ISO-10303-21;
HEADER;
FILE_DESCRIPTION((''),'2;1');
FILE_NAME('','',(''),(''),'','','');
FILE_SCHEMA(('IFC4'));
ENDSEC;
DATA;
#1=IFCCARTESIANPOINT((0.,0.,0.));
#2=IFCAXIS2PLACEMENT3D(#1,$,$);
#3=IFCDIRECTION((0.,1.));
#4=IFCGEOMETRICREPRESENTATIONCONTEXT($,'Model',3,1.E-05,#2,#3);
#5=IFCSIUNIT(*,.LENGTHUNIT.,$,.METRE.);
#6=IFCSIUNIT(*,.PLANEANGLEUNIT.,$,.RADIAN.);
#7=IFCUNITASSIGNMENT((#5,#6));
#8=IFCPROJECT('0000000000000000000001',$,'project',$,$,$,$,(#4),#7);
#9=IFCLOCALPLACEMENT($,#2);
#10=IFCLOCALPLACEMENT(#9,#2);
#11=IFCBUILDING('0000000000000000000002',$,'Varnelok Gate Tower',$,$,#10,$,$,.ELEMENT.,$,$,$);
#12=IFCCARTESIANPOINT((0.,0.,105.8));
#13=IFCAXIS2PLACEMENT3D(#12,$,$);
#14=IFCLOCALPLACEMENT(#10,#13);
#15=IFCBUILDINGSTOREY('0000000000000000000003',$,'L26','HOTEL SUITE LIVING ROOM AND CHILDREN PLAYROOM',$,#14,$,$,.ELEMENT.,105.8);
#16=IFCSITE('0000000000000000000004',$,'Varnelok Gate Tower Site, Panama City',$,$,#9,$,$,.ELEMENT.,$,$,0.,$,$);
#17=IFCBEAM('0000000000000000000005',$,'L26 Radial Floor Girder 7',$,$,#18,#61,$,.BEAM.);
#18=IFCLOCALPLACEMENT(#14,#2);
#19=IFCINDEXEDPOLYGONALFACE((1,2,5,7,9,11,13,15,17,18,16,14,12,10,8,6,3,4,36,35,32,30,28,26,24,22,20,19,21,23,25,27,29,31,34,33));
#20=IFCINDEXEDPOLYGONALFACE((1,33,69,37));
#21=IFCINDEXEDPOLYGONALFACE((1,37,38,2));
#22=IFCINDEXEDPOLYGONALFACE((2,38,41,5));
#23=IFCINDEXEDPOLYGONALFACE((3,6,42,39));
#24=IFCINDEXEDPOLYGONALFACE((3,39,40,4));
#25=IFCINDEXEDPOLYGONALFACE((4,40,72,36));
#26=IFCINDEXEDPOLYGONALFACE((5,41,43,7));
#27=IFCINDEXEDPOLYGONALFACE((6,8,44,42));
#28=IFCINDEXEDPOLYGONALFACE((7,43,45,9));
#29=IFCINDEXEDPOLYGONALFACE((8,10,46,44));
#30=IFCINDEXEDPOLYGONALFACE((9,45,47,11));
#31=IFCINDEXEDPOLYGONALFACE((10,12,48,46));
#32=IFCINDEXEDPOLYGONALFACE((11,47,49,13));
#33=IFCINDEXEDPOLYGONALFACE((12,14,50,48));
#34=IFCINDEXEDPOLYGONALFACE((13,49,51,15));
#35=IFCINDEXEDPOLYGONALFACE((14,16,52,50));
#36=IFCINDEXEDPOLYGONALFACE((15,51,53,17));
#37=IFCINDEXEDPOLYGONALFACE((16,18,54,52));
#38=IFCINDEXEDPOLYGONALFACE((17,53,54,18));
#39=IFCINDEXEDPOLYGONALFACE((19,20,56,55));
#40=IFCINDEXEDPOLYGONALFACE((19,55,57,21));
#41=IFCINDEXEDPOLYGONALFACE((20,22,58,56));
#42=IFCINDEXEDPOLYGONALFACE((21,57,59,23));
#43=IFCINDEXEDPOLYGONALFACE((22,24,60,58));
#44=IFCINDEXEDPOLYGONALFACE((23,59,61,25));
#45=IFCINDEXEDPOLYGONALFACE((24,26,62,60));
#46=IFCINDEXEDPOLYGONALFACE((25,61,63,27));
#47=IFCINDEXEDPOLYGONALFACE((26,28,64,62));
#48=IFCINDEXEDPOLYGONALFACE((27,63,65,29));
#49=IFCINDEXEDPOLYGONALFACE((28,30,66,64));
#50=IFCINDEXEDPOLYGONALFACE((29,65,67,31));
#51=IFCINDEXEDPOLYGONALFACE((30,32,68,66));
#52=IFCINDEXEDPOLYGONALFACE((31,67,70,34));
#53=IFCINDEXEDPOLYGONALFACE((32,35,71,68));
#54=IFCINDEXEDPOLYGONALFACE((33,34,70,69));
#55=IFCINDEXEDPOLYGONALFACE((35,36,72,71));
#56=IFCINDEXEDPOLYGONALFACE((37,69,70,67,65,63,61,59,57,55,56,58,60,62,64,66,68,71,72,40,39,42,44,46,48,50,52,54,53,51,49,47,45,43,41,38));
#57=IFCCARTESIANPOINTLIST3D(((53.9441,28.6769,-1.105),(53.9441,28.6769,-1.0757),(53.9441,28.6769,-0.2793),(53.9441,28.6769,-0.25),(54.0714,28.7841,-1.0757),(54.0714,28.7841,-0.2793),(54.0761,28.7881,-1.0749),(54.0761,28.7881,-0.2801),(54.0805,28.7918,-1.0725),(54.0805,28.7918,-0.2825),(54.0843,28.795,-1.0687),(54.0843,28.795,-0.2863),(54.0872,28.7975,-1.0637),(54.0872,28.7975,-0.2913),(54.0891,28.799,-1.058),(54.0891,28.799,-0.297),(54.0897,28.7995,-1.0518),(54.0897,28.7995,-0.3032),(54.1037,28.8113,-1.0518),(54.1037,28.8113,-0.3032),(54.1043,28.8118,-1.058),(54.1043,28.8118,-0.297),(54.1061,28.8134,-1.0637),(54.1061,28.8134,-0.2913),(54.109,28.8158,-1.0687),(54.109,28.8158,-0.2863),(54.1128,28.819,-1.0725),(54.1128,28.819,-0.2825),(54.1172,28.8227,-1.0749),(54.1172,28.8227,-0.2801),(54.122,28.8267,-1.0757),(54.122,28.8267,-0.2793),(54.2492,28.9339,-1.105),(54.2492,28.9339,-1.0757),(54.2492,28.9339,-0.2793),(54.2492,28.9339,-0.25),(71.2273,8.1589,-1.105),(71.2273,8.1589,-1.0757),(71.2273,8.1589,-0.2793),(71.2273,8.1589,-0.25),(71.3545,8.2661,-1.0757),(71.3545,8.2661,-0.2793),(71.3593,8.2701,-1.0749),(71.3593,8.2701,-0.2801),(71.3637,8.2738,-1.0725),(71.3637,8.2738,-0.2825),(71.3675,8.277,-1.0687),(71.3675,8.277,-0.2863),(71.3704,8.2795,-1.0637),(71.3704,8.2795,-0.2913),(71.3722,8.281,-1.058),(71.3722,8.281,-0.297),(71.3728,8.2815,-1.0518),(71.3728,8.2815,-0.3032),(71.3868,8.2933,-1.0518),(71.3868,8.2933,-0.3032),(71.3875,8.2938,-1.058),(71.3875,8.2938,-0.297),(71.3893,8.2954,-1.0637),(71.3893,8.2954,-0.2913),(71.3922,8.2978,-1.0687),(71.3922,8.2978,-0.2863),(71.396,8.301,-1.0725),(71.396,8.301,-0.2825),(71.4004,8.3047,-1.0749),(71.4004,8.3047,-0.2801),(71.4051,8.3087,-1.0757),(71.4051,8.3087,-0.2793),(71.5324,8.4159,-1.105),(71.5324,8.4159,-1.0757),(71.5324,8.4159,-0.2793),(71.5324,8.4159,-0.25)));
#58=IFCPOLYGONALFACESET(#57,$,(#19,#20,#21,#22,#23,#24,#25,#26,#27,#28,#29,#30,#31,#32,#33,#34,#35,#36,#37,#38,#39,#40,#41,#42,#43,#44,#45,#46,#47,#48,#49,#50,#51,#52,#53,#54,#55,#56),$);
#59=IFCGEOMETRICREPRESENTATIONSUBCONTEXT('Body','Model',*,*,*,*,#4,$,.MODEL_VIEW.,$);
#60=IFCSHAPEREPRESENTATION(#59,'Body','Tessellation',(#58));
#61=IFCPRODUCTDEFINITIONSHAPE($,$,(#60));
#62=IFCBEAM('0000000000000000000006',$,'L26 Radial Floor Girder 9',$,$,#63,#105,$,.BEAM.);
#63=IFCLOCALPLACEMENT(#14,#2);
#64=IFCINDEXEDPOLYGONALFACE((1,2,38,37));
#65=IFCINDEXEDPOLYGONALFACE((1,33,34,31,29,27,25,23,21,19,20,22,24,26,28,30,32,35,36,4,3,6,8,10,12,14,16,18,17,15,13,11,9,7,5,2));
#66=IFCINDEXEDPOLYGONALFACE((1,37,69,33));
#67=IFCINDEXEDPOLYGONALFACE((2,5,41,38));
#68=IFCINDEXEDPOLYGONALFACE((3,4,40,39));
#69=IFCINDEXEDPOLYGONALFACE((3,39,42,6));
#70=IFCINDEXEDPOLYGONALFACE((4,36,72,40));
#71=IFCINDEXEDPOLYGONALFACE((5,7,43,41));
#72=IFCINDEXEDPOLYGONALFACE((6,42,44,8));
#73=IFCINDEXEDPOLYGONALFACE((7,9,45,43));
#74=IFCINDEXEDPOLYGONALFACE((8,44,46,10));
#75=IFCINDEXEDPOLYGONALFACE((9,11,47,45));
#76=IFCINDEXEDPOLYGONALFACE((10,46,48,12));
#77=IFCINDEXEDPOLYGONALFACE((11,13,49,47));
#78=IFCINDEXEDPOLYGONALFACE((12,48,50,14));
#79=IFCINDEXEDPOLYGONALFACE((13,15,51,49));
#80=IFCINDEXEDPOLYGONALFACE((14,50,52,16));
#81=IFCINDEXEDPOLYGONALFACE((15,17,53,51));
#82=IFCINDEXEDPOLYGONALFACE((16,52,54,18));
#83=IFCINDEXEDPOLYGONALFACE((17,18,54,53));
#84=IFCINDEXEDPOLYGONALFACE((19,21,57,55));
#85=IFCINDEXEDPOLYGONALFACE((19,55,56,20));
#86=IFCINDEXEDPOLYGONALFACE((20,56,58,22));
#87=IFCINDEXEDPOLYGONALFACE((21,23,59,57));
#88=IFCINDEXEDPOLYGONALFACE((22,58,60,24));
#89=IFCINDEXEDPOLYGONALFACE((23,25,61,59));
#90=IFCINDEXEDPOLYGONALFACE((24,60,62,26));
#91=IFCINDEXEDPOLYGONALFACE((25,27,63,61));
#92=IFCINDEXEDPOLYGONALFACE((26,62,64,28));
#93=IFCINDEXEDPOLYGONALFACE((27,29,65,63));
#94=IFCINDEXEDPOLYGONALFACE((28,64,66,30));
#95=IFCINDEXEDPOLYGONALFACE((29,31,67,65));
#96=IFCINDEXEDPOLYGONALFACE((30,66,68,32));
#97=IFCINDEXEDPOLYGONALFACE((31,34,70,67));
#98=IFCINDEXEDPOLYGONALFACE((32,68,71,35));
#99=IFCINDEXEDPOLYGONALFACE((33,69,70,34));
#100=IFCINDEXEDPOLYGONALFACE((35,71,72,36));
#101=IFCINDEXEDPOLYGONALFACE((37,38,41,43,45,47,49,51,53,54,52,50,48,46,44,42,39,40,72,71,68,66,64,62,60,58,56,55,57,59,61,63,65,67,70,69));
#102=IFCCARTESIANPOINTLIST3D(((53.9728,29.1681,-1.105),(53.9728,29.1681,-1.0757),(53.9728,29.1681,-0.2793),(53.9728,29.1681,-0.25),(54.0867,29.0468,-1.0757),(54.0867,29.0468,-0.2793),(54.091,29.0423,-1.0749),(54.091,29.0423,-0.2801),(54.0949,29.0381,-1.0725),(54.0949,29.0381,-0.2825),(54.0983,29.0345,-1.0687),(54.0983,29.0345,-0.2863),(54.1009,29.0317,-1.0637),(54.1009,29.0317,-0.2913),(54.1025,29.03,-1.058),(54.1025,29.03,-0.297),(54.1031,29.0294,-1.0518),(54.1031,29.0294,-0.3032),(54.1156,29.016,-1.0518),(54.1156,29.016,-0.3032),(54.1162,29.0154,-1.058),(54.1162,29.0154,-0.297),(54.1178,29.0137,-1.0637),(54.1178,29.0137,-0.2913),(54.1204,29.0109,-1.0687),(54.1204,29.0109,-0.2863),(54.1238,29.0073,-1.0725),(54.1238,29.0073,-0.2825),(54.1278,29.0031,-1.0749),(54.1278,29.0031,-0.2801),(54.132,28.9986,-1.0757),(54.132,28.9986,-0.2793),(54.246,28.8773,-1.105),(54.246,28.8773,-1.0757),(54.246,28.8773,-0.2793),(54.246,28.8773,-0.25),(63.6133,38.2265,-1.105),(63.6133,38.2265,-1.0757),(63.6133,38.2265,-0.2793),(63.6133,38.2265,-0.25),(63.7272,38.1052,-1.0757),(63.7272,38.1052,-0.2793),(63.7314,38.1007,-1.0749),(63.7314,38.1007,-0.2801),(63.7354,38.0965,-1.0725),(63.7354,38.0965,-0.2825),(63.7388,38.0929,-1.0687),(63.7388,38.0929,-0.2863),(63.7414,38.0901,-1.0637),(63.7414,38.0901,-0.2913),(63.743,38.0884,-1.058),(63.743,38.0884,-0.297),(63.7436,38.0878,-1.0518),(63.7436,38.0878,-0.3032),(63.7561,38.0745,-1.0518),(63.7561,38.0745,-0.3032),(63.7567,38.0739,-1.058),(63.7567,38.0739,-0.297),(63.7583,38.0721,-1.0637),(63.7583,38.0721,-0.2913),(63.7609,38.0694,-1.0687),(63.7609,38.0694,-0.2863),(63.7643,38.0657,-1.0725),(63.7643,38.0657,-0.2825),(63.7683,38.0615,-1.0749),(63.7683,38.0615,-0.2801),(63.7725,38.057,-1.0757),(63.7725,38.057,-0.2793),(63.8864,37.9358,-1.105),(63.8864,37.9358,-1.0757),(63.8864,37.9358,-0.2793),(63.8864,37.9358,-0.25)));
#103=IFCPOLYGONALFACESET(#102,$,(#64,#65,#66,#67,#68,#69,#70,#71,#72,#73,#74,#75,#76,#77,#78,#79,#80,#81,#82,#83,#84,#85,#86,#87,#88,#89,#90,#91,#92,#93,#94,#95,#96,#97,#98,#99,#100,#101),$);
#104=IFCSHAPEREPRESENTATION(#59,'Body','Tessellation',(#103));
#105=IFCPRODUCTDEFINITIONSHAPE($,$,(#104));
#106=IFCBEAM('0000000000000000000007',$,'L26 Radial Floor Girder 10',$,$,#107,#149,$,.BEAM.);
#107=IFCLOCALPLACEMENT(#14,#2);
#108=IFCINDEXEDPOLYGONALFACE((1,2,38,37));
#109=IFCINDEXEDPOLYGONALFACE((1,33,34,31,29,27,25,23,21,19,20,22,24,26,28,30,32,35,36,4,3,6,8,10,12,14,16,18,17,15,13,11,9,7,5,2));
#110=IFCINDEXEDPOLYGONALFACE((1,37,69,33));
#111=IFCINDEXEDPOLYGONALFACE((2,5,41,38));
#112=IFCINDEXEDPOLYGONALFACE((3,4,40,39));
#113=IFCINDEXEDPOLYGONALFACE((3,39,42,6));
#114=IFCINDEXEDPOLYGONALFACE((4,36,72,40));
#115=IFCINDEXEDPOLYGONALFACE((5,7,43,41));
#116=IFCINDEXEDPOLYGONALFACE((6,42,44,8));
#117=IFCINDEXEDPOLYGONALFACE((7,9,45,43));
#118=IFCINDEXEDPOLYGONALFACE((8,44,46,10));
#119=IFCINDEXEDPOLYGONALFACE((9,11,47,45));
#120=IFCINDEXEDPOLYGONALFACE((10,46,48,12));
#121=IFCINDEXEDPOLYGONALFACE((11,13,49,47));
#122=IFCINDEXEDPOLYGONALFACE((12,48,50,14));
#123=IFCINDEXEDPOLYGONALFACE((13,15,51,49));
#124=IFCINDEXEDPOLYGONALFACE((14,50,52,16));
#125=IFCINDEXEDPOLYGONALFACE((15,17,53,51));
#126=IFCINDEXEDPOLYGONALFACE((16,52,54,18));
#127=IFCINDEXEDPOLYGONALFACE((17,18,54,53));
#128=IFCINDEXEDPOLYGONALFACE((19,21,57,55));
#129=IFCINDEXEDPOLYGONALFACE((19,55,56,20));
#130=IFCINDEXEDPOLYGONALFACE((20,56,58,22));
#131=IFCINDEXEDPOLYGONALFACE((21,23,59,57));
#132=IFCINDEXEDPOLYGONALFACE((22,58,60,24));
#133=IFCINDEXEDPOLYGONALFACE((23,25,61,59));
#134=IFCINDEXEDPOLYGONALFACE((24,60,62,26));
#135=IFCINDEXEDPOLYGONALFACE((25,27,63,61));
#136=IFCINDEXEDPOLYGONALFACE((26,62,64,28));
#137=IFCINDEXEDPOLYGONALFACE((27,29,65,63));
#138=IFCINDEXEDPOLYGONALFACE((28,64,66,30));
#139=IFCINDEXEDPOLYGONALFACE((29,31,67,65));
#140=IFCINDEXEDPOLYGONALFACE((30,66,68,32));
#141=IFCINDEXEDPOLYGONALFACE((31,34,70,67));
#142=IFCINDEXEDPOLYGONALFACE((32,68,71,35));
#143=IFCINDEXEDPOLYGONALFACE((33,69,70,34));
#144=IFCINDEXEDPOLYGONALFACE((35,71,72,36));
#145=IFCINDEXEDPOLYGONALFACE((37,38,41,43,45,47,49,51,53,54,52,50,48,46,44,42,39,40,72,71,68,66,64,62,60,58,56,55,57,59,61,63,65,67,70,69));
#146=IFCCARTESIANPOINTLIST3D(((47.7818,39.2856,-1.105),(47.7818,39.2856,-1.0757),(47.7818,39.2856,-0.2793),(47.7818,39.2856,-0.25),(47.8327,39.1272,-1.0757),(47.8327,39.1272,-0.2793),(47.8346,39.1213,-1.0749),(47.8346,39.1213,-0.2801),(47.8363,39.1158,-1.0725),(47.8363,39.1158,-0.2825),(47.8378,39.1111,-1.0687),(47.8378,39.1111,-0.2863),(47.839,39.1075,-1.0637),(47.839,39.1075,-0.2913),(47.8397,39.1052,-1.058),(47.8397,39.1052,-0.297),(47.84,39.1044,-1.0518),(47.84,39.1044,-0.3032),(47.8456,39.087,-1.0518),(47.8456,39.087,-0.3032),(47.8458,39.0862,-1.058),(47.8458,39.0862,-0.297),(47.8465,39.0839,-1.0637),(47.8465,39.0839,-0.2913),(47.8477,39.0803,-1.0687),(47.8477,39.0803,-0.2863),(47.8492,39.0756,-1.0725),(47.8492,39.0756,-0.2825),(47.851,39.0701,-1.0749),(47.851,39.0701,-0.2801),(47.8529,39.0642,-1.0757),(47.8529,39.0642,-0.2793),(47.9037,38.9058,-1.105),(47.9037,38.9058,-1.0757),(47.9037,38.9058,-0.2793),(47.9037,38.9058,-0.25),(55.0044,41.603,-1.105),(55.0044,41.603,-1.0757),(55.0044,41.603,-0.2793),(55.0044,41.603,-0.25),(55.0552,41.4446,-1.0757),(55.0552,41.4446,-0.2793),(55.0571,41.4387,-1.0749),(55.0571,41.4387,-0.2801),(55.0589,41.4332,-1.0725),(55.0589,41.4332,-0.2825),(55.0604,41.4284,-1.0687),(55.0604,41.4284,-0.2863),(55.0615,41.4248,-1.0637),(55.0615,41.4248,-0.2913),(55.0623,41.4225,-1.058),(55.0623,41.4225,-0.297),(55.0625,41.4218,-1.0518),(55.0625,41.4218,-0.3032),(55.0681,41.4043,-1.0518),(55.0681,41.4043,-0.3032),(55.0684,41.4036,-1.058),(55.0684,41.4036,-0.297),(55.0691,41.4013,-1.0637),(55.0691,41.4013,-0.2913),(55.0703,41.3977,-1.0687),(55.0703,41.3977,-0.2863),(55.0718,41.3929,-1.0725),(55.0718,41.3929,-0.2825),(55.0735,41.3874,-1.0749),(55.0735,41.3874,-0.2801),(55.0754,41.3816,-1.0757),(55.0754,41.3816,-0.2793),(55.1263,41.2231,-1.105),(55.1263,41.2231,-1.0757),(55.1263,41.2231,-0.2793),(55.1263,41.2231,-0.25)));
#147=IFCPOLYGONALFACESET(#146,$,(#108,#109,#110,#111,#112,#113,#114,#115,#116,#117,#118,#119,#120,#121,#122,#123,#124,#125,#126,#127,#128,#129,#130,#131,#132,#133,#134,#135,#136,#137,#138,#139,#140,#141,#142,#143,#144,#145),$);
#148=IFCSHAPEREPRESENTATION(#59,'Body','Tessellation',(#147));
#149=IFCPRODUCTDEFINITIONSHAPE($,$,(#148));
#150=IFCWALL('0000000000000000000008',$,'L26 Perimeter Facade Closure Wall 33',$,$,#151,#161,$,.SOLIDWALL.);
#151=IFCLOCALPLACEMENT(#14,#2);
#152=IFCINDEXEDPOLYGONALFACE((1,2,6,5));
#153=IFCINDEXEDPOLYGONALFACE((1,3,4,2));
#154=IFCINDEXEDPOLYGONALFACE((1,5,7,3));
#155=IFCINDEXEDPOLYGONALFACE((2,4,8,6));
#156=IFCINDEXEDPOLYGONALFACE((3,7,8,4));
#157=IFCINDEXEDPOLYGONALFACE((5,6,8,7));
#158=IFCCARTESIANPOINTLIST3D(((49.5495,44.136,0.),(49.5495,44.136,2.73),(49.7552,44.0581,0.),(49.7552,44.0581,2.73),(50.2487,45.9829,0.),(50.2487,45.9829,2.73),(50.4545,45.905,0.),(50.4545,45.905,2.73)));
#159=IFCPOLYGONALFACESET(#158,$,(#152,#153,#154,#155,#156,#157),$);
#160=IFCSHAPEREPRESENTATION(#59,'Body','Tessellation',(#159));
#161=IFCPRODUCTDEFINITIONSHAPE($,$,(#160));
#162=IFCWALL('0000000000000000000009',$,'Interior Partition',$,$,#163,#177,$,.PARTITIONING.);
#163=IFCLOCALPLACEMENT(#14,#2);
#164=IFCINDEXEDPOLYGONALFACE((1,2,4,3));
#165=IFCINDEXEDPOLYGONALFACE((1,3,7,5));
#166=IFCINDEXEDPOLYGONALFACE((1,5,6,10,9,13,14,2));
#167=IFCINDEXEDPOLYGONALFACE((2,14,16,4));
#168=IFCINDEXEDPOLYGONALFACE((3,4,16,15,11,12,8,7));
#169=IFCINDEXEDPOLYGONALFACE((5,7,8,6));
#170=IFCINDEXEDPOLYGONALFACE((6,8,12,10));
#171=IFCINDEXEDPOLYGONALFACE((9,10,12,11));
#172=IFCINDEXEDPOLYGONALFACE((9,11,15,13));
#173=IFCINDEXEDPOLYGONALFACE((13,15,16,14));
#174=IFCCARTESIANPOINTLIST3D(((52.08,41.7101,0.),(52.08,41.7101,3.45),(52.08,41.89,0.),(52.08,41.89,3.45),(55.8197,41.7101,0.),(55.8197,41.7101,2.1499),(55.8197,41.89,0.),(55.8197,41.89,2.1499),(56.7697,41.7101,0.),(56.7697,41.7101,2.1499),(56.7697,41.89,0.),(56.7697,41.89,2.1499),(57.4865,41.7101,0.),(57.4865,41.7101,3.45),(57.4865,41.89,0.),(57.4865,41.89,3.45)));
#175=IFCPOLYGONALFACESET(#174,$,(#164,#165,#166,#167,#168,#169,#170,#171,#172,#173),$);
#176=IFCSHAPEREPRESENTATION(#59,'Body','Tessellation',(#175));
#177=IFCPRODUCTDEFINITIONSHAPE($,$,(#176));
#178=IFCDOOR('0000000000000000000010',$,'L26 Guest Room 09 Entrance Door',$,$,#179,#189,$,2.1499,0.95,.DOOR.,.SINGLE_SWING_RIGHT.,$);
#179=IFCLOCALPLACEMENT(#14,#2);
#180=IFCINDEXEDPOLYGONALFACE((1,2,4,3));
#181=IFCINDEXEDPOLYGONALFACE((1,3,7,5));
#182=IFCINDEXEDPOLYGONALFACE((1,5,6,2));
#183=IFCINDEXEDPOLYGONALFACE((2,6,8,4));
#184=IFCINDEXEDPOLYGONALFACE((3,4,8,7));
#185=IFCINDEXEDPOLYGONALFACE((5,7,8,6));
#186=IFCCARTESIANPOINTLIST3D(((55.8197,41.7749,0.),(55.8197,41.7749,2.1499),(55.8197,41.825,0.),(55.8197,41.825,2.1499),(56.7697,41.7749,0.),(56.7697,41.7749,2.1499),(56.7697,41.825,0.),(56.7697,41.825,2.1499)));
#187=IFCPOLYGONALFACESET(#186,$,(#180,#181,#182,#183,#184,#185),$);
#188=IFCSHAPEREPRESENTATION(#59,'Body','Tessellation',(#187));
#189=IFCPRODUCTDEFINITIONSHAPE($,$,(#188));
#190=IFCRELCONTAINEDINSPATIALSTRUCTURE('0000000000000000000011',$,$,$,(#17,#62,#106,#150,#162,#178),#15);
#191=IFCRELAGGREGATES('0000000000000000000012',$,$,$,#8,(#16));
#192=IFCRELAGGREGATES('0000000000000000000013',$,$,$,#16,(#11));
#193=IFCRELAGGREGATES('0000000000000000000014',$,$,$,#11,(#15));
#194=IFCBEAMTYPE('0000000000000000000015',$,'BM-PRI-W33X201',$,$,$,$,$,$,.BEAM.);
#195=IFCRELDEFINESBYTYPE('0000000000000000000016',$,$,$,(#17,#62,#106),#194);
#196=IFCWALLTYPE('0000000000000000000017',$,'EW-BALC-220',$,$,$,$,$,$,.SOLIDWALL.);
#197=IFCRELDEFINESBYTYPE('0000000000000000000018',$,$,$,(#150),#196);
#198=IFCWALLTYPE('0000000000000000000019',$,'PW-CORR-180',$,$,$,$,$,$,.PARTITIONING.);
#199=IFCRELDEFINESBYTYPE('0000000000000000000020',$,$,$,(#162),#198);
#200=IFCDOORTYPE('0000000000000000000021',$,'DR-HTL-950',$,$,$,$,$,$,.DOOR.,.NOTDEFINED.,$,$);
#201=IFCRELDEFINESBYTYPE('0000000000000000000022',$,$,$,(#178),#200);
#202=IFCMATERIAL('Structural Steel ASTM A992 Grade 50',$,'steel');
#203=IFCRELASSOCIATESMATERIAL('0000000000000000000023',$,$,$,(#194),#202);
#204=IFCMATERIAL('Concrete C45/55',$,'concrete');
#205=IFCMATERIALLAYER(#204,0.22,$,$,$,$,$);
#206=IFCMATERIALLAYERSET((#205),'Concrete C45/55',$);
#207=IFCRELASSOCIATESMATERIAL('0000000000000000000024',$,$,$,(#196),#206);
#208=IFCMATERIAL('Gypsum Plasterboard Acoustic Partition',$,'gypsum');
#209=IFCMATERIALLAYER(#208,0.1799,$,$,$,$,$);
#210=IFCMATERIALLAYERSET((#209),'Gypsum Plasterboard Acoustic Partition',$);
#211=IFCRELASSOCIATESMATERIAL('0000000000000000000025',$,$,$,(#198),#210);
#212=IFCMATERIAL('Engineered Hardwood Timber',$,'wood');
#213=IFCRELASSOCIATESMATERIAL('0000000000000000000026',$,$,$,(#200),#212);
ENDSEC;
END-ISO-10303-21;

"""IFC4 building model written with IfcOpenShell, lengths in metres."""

from ifc_helpers import new_model, si_unit, direction, frame, frame_2d, origin, origin_2d, place, context, subcontext, project, spatial, rectangle, i_section, extrude, material, layer, layer_set, material_profile, profile_set, type_object, element, fill, save


model = new_model("IFC4")

# Units and contexts
model_context = context("Model", 3, precision=1e-05, world=origin(), true_north=direction((0.0, 1.0)))
body_context = subcontext(model_context, "Body", "Model", "MODEL_VIEW")
ifc_project = project(units=[si_unit("LENGTHUNIT", "METRE"), si_unit("PLANEANGLEUNIT", "RADIAN")], contexts=[model_context])

# Site, building, storey
site_placement = place(None, origin())
site = spatial("IfcSite", under=ifc_project, at=site_placement, Name="Varnelok Gate Tower Site, Panama City", CompositionType="ELEMENT", RefElevation=0.0)
building_placement = place(site_placement, origin())
building = spatial("IfcBuilding", under=site, at=building_placement, Name="Varnelok Gate Tower", CompositionType="ELEMENT")
storey_placement = place(building_placement, frame((0.0, 0.0, 105.8)))
storey = spatial("IfcBuildingStorey", under=building, at=storey_placement, Name="L26", Description="HOTEL SUITE LIVING ROOM AND CHILDREN PLAYROOM", CompositionType="ELEMENT", Elevation=105.8)

# Shared definitions
ifc_material_1 = material(Name="Structural Steel ASTM A992 Grade 50", Category="steel")

# Beams
ifc_material_profile_1 = material_profile(ifc_material_1, i_section(OverallWidth=0.3989, OverallDepth=0.855, WebThickness=0.0183, FlangeThickness=0.0293, FilletRadius=0.0239, at=origin_2d()), Name="W33X201")
ifc_profile_set_1 = profile_set([ifc_material_profile_1], Name="Structural Steel ASTM A992 Grade 50")
beam_type_1 = type_object("IfcBeamType", Name="BM-PRI-W33X201", PredefinedType="BEAM", material=ifc_profile_set_1)
beam_1_placement = place(storey_placement, frame((54.0967, 28.8054, -0.6775), z_axis=(0.644241, -0.764822, 0.0), x_axis=(0.764822, 0.644241, 0.0)))
element("IfcBeam", 1, at=beam_1_placement, inside=storey, type_object=beam_type_1, Name="L26 Radial Floor Girder 7", PredefinedType="BEAM", context=body_context, shape_type="SweptSolid", body=[
    extrude(i_section(OverallWidth=0.3989, OverallDepth=0.855, WebThickness=0.0183, FlangeThickness=0.0293, FilletRadius=0.0239, at=origin_2d()), origin(), (0.0, 0.0, 1.0), 26.8271),
])
beam_2_placement = place(storey_placement, frame((54.1094, 29.0227, -0.6775), z_axis=(0.728764, 0.684765, 0.0), x_axis=(-0.684765, 0.728764, 0.0)))
element("IfcBeam", 2, at=beam_2_placement, inside=storey, type_object=beam_type_1, Name="L26 Radial Floor Girder 9", PredefinedType="BEAM", context=body_context, shape_type="SweptSolid", body=[
    extrude(i_section(OverallWidth=0.3989, OverallDepth=0.855, WebThickness=0.0183, FlangeThickness=0.0293, FilletRadius=0.0239, at=origin_2d()), origin(), (0.0, 0.0, 1.0), 13.2285),
])
beam_3_placement = place(storey_placement, frame((47.8428, 39.0957, -0.6775), z_axis=(0.952189, 0.305509, 0.0), x_axis=(-0.305509, 0.952189, 0.0)))
element("IfcBeam", 3, at=beam_3_placement, inside=storey, type_object=beam_type_1, Name="L26 Radial Floor Girder 10", PredefinedType="BEAM", context=body_context, shape_type="SweptSolid", body=[
    extrude(i_section(OverallWidth=0.3989, OverallDepth=0.855, WebThickness=0.0183, FlangeThickness=0.0293, FilletRadius=0.0239, at=origin_2d()), origin(), (0.0, 0.0, 1.0), 7.5852),
])

# Wall
ifc_material_2 = material(Name="Concrete C45/55", Category="concrete")
ifc_layer_1 = layer(ifc_material_2, 0.22)
ifc_layer_set_1 = layer_set([ifc_layer_1], Name="Concrete C45/55")
wall_type_1 = type_object("IfcWallType", Name="EW-BALC-220", PredefinedType="SOLIDWALL", material=ifc_layer_set_1)
wall_1_placement = place(storey_placement, frame((50.3516, 45.9438, 0.0), z_axis=(0.0, 0.0, 1.0), x_axis=(-0.354062, -0.935222, 0.0)))
element("IfcWall", 4, at=wall_1_placement, inside=storey, type_object=wall_type_1, Name="L26 Perimeter Facade Closure Wall 33", PredefinedType="SOLIDWALL", context=body_context, shape_type="SweptSolid", body=[
    extrude(rectangle(XDim=1.9749, YDim=0.22, at=frame_2d((0.9873, 0.0))), origin(), (0.0, 0.0, 1.0), 2.73),
])

# Wall, opening, door
ifc_material_3 = material(Name="Gypsum Plasterboard Acoustic Partition", Category="gypsum")
ifc_layer_2 = layer(ifc_material_3, 0.1799)
ifc_layer_set_2 = layer_set([ifc_layer_2], Name="Gypsum Plasterboard Acoustic Partition")
wall_type_2 = type_object("IfcWallType", Name="PW-CORR-180", PredefinedType="PARTITIONING", material=ifc_layer_set_2)
wall_2_placement = place(storey_placement, frame((52.0801, 41.8, 0.0), z_axis=(0.0, 0.0, 1.0), x_axis=(1.0, 0.0, 0.0)))
wall_2 = element("IfcWall", 5, at=wall_2_placement, inside=storey, type_object=wall_type_2, Name="Interior Partition", PredefinedType="PARTITIONING", context=body_context, shape_type="SweptSolid", body=[
    extrude(rectangle(XDim=5.4065, YDim=0.1799, at=frame_2d((2.7031, 0.0))), origin(), (0.0, 0.0, 1.0), 3.45),
])
opening_1_placement = place(wall_2_placement, frame((3.7395, 0.0, 0.0)))
opening_1 = element("IfcOpeningElement", 6, at=opening_1_placement, cuts=wall_2, PredefinedType="OPENING", context=body_context, shape_type="SweptSolid", body=[
    extrude(rectangle(XDim=0.95, YDim=2.1499, at=frame_2d((0.4751, 1.075))), frame((0.0, 0.0999, 0.0), z_axis=(0.0, -1.0, 0.0), x_axis=(1.0, 0.0, 0.0)), (0.0, 0.0, 1.0), 0.2),
])
ifc_material_4 = material(Name="Engineered Hardwood Timber", Category="wood")
door_type_1 = type_object("IfcDoorType", Name="DR-HTL-950", OperationType="NOTDEFINED", PredefinedType="DOOR", material=ifc_material_4)
door_1_placement = place(opening_1_placement, origin())
door_1 = element("IfcDoor", 7, at=door_1_placement, inside=storey, type_object=door_type_1, Name="L26 Guest Room 09 Entrance Door", OperationType="SINGLE_SWING_RIGHT", OverallHeight=2.1499, OverallWidth=0.95, PredefinedType="DOOR", context=body_context, shape_type="SweptSolid", body=[
    extrude(rectangle(XDim=0.95, YDim=2.1499, at=frame_2d((0.4751, 1.075))), frame((0.0, 0.0249, 0.0), z_axis=(0.0, -1.0, 0.0), x_axis=(1.0, 0.0, 0.0)), (0.0, 0.0, 1.0), 0.05),
])
fill(opening_1, door_1)

save(model, "model.ifc")
